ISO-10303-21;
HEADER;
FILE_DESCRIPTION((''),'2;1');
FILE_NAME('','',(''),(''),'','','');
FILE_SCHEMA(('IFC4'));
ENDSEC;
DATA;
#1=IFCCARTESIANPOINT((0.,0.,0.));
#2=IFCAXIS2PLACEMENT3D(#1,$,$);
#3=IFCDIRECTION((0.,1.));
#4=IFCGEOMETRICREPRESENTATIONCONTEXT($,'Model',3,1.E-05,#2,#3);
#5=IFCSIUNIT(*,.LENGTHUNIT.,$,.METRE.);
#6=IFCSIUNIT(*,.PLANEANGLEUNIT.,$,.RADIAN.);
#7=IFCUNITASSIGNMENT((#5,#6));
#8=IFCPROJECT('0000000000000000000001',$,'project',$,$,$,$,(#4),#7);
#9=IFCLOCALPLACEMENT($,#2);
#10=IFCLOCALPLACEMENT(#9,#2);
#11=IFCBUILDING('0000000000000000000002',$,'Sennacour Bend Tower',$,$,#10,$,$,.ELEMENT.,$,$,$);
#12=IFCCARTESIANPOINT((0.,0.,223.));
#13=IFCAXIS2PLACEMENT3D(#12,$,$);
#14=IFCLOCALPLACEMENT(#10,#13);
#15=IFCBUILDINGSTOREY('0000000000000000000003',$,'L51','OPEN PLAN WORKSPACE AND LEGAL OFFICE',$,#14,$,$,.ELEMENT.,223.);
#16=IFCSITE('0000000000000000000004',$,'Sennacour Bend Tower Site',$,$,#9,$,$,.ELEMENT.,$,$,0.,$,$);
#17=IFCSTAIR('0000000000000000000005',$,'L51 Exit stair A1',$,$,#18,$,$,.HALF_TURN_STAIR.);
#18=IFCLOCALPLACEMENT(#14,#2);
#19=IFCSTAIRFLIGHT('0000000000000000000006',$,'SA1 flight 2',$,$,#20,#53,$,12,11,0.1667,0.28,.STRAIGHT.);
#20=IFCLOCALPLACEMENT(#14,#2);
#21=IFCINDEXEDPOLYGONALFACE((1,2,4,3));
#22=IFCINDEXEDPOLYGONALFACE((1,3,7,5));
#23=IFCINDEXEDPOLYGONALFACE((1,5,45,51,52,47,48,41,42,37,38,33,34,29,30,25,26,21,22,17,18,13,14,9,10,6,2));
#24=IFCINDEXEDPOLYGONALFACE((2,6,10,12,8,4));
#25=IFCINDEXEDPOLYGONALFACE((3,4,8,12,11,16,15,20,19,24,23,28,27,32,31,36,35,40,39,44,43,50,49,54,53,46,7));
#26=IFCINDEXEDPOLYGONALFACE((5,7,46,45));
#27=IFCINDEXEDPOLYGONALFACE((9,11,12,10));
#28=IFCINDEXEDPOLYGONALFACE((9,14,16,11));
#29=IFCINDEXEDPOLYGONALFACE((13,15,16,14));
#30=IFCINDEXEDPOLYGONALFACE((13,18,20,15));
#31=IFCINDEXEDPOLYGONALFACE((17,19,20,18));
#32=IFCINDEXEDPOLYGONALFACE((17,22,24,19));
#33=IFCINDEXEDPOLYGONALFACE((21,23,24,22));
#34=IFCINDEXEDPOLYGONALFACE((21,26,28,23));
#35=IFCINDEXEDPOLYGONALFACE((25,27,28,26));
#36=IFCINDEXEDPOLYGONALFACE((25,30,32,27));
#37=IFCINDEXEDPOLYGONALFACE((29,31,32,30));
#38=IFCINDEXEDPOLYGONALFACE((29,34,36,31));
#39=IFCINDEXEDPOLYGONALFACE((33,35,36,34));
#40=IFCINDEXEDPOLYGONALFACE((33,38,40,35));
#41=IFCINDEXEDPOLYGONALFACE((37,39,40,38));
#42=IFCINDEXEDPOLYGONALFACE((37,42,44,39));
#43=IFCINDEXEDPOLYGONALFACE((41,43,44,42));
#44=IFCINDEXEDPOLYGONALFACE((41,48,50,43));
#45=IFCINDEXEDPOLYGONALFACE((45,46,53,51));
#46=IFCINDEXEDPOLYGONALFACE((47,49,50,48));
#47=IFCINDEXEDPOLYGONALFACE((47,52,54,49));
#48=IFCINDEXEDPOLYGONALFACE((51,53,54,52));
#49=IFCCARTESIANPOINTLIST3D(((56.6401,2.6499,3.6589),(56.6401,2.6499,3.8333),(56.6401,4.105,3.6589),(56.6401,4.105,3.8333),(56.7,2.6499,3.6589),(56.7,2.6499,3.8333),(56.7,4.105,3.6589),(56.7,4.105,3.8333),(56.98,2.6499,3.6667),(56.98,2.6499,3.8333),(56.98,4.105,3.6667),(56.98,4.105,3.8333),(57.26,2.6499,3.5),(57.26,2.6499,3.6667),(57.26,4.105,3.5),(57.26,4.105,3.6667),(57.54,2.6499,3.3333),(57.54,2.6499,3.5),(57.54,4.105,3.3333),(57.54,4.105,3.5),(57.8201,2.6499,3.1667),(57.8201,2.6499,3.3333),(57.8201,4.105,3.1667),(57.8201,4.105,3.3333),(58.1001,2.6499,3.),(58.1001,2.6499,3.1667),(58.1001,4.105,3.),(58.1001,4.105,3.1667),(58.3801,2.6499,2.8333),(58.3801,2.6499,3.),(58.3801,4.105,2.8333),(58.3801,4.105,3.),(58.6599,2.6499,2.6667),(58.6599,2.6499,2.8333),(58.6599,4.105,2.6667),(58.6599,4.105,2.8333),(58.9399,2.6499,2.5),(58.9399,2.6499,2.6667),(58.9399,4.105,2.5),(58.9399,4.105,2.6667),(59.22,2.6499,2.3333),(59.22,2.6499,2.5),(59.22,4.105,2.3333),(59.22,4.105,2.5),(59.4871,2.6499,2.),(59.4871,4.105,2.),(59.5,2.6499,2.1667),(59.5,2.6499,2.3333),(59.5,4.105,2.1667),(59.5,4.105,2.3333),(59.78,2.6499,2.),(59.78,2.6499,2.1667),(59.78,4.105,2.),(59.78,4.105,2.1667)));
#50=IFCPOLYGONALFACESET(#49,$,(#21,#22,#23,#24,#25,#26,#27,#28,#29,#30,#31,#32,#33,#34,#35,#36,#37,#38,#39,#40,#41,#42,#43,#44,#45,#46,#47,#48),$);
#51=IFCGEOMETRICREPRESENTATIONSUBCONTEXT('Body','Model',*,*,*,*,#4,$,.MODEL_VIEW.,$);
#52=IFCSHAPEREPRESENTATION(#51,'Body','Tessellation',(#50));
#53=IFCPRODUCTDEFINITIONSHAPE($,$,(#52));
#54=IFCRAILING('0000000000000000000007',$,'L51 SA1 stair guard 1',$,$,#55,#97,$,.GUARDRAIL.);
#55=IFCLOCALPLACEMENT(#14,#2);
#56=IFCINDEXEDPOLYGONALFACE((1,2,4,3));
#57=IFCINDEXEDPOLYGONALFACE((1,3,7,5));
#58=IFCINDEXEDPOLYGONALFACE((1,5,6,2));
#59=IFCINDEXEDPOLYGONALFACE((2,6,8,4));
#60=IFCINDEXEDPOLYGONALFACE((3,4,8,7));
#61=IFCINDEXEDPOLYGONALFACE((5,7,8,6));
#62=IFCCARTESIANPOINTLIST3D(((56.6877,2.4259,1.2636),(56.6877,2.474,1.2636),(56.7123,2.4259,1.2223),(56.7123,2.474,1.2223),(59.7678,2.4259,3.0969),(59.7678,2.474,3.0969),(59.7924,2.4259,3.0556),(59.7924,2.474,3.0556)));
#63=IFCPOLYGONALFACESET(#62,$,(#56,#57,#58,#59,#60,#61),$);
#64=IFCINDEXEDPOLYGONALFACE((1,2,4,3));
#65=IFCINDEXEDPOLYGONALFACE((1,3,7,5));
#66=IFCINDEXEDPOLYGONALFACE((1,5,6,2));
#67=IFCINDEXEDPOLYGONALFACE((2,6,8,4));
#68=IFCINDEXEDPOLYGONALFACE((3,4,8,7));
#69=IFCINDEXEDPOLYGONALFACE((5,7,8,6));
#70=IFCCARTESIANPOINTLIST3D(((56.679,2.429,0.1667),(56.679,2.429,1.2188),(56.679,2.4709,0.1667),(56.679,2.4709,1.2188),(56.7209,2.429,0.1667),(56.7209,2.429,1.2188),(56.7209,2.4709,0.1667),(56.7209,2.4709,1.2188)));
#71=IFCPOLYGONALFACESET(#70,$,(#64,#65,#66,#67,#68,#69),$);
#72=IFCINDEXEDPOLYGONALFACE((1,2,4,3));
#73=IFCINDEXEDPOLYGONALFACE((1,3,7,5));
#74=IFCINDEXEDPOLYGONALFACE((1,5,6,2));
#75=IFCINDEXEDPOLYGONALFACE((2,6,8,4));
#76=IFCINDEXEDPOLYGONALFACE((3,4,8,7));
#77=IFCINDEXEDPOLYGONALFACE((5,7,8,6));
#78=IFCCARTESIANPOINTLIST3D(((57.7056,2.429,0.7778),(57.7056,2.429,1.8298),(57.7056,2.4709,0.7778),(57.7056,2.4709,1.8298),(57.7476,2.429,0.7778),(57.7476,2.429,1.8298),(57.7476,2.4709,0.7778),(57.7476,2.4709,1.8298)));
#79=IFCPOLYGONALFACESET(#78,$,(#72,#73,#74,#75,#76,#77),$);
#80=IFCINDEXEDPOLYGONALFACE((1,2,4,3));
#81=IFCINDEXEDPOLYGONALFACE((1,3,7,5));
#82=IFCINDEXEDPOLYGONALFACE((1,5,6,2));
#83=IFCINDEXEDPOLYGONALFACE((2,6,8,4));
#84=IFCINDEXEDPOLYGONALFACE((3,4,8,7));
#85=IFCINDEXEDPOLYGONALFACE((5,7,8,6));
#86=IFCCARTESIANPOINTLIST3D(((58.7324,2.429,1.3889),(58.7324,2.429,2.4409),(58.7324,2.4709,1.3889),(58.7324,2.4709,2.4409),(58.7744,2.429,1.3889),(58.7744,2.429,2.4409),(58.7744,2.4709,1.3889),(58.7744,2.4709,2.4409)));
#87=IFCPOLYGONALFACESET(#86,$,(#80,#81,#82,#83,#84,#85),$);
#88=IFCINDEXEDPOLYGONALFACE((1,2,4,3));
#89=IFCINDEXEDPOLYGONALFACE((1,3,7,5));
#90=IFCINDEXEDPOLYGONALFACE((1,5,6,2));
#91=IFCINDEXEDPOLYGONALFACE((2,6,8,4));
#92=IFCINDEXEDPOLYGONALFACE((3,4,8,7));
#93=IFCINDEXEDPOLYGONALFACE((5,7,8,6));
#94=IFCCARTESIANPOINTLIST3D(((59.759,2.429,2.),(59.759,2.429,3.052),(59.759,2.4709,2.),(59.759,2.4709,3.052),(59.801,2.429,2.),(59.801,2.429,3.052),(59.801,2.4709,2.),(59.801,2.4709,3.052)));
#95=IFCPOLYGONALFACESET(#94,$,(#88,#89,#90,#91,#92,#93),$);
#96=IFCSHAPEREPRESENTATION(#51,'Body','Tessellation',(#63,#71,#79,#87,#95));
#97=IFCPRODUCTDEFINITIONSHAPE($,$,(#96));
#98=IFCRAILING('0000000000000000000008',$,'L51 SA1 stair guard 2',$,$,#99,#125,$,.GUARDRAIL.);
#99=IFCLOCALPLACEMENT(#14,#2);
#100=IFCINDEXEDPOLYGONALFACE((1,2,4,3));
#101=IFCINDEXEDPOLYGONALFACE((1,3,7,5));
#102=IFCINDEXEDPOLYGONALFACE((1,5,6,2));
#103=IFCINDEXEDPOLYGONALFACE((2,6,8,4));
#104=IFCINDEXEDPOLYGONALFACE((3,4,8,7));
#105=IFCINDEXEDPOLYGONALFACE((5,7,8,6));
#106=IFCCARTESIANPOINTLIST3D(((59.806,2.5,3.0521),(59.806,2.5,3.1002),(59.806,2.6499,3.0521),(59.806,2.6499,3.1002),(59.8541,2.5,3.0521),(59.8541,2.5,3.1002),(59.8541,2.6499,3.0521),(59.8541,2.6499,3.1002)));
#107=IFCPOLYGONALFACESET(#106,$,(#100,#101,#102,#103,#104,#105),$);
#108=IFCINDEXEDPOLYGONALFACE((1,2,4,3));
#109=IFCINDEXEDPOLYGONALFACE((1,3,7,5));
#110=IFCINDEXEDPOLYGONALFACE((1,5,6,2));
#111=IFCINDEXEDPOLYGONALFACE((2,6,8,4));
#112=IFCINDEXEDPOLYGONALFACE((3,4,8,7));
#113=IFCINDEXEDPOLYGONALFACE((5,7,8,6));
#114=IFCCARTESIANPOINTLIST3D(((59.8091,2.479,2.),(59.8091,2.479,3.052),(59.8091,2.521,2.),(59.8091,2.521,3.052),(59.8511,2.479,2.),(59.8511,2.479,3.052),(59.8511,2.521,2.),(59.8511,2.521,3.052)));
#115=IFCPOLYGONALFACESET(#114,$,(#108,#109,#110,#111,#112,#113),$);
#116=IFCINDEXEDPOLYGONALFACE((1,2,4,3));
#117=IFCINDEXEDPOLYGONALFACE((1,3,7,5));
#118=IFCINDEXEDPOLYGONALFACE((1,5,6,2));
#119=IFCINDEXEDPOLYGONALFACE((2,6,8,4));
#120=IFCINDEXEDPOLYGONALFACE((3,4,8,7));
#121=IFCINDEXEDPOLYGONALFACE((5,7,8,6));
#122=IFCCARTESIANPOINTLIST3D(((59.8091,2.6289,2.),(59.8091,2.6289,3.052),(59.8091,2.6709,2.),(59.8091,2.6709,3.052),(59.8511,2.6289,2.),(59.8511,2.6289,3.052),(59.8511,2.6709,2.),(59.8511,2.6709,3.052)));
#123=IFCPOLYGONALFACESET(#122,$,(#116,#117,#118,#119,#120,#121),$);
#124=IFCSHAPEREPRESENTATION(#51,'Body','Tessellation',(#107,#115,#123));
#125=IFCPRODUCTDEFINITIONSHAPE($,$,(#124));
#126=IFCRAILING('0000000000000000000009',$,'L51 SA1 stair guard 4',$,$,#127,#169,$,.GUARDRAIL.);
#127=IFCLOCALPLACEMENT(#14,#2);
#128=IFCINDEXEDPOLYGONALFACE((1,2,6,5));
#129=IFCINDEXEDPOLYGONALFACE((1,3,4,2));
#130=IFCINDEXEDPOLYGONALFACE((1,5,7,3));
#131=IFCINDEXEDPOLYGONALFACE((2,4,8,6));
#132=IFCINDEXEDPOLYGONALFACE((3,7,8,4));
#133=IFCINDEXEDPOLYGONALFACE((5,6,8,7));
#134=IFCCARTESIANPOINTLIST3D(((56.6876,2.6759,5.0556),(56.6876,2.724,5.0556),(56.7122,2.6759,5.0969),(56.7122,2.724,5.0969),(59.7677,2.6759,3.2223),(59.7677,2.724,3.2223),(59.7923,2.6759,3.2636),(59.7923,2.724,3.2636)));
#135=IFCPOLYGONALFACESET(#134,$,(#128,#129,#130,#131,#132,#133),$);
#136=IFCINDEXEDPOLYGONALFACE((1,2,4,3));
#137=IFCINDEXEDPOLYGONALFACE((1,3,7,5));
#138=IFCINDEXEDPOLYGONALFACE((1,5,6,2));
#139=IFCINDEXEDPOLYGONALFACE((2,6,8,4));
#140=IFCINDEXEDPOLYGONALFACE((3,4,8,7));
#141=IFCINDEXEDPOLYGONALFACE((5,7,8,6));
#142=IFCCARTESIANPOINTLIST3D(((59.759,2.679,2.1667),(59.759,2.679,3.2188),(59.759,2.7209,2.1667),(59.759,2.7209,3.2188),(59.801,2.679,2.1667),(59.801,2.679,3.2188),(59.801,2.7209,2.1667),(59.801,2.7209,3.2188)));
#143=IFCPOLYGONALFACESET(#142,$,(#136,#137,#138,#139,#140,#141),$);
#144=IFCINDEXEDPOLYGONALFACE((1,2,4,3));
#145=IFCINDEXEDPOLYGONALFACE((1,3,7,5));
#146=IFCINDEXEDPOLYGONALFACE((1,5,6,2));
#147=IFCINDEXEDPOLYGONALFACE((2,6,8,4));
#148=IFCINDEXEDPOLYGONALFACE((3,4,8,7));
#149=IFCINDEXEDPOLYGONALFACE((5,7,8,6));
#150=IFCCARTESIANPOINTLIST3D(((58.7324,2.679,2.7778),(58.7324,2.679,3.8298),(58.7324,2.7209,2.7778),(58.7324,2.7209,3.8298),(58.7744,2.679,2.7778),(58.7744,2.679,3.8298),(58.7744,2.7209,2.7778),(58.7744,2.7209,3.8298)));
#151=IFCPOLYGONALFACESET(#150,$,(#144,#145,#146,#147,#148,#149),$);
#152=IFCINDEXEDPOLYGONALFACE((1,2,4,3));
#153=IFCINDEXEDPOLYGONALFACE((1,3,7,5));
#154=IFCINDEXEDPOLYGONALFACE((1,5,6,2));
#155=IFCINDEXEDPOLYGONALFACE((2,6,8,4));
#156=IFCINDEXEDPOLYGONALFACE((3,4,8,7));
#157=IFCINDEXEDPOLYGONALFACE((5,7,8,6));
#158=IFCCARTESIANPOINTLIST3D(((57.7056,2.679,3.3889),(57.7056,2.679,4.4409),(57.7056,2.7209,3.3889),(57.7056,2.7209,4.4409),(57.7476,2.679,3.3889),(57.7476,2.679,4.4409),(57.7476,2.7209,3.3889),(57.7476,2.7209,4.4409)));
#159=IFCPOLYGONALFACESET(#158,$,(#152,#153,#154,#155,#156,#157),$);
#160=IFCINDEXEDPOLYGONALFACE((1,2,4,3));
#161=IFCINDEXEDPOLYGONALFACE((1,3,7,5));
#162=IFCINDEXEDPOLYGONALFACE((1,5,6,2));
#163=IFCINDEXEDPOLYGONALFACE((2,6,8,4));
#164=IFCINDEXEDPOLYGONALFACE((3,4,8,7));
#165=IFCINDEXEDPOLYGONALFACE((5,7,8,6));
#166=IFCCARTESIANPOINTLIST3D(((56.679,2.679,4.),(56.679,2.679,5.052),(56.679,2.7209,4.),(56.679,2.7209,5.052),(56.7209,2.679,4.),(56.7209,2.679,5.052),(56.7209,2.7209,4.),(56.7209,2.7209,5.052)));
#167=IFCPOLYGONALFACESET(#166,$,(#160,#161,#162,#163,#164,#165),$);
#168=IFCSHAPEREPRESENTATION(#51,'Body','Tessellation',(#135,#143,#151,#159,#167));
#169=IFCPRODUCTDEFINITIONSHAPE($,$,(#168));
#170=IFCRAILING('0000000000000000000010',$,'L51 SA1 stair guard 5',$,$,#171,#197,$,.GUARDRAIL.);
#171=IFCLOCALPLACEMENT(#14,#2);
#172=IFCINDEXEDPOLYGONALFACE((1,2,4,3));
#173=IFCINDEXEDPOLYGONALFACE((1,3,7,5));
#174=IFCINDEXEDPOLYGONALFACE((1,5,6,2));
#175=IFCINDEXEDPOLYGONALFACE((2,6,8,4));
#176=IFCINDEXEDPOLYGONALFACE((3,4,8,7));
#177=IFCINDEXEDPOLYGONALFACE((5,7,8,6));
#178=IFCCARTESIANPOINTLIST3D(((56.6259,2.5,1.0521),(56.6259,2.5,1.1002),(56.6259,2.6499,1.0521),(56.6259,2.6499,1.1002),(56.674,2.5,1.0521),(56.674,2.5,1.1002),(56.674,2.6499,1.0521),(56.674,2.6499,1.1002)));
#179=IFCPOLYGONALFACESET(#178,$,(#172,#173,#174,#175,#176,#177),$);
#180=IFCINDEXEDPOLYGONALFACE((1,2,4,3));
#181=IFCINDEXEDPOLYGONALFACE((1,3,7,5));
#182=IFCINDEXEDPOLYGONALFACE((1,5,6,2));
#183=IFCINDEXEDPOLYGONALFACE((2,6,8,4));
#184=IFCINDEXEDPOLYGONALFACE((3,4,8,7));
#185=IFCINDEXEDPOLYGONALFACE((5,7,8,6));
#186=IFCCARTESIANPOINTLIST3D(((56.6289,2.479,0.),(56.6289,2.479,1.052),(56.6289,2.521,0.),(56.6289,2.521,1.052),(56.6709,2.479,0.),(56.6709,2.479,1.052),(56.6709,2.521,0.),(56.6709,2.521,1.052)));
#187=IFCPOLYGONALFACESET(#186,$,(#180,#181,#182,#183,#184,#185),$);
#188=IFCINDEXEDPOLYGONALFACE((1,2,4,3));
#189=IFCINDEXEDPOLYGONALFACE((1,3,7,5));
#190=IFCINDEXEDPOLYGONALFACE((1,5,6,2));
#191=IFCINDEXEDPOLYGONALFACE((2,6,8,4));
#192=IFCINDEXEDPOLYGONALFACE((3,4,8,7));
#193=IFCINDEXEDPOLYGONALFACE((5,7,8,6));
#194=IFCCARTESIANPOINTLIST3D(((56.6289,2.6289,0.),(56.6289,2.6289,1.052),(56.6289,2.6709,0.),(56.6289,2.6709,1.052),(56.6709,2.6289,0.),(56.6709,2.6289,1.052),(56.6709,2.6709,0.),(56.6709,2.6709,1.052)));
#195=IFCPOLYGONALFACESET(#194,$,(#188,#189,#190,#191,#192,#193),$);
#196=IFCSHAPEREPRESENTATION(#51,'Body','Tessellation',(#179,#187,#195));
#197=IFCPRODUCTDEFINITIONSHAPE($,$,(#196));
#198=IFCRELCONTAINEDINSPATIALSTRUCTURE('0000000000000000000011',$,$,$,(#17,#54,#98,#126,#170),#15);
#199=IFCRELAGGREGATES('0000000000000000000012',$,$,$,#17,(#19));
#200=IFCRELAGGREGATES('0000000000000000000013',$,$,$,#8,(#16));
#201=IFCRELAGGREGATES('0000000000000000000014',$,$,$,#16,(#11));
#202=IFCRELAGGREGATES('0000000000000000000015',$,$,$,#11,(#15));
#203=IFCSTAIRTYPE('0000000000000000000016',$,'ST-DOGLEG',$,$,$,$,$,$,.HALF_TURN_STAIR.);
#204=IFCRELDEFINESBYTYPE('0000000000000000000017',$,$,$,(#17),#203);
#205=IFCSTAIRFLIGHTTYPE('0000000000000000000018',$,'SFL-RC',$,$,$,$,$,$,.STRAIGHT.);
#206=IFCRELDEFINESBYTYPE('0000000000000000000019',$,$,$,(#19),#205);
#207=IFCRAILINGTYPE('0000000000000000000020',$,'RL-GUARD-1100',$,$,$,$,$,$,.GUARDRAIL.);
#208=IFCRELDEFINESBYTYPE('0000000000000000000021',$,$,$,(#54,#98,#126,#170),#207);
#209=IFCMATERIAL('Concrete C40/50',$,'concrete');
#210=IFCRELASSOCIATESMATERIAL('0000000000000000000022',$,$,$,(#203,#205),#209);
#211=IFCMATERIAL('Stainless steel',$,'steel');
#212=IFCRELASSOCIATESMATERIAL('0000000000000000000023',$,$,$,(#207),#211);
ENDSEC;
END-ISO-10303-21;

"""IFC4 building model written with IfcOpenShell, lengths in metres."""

from ifc_helpers import new_model, si_unit, direction, frame, origin, origin_2d, place, context, subcontext, project, spatial, polyline, rectangle, outline, extrude, material, type_object, element, aggregate, save


model = new_model("IFC4")

# Units and contexts
model_context = context("Model", 3, precision=1e-05, world=origin(), true_north=direction((0.0, 1.0)))
body_context = subcontext(model_context, "Body", "Model", "MODEL_VIEW")
ifc_project = project(units=[si_unit("LENGTHUNIT", "METRE"), si_unit("PLANEANGLEUNIT", "RADIAN")], contexts=[model_context])

# Site, building, storey
site_placement = place(None, origin())
site = spatial("IfcSite", under=ifc_project, at=site_placement, Name="Sennacour Bend Tower Site", CompositionType="ELEMENT", RefElevation=0.0)
building_placement = place(site_placement, origin())
building = spatial("IfcBuilding", under=site, at=building_placement, Name="Sennacour Bend Tower", CompositionType="ELEMENT")
storey_placement = place(building_placement, frame((0.0, 0.0, 223.0)))
storey = spatial("IfcBuildingStorey", under=building, at=storey_placement, Name="L51", Description="OPEN PLAN WORKSPACE AND LEGAL OFFICE", CompositionType="ELEMENT", Elevation=223.0)

# Shared definitions
ifc_material_1 = material(Name="Stainless steel", Category="steel")

# Stair, stair flight
ifc_material_2 = material(Name="Concrete C40/50", Category="concrete")
stair_type = type_object("IfcStairType", Name="ST-DOGLEG", PredefinedType="HALF_TURN_STAIR", material=ifc_material_2)
stair_placement = place(storey_placement, origin())
stair = element("IfcStair", 1, at=stair_placement, inside=storey, type_object=stair_type, Name="L51 Exit stair A1", PredefinedType="HALF_TURN_STAIR")
stair_flight_type = type_object("IfcStairFlightType", Name="SFL-RC", PredefinedType="STRAIGHT", material=ifc_material_2)
stair_flight_1_placement = place(storey_placement, frame((59.78, 3.3774, 2.0), z_axis=(0.0, 0.0, 1.0), x_axis=(-1.0, 0.0, 0.0)))
stair_flight_1 = element("IfcStairFlight", 2, at=stair_flight_1_placement, type_object=stair_flight_type, Name="SA1 flight 2", NumberOfRisers=12, NumberOfTreads=11, PredefinedType="STRAIGHT", RiserHeight=0.1667, TreadLength=0.28, context=body_context, shape_type="SweptSolid", body=[
    extrude(outline(polyline([(0.0, 0.0), (0.0, 0.1667), (0.28, 0.1667), (0.28, 0.3333), (0.5601, 0.3333), (0.5601, 0.5), (0.8401, 0.5), (0.8401, 0.6667), (1.1201, 0.6667), (1.1201, 0.8333), (1.3999, 0.8333), (1.3999, 1.0), (1.6799, 1.0), (1.6799, 1.1667), (1.96, 1.1667), (1.96, 1.3333), (2.24, 1.3333), (2.24, 1.5), (2.52, 1.5), (2.52, 1.6667), (2.8, 1.6667), (2.8, 1.8333), (3.0801, 1.8333), (3.1399, 1.8333), (3.1399, 1.6589), (3.0801, 1.6589), (0.293, 0.0), (0.0, 0.0)])), frame((0.0, 0.7275, 0.0), z_axis=(0.0, -1.0, 0.0), x_axis=(1.0, 0.0, 0.0)), (0.0, 0.0, 1.0), 1.4551),
])
aggregate(stair, [stair_flight_1])

# Railings
railing_type_1 = type_object("IfcRailingType", Name="RL-GUARD-1100", PredefinedType="GUARDRAIL", material=ifc_material_1)
railing_1_placement = place(storey_placement, frame((56.7, 2.45, 0.1667)))
element("IfcRailing", 3, at=railing_1_placement, inside=storey, type_object=railing_type_1, Name="L51 SA1 stair guard 1", PredefinedType="GUARDRAIL", context=body_context, shape_type="SweptSolid", body=[
    extrude(rectangle(XDim=0.0481, YDim=0.0481, at=origin_2d()), frame((0.0, 0.0, 1.0762), z_axis=(0.859309, 0.0, 0.511458), x_axis=(0.0, 1.0, 0.0)), (0.0, 0.0, 1.0), 3.5845),
    extrude(rectangle(XDim=0.042, YDim=0.042, at=origin_2d()), origin(), (0.0, 0.0, 1.0), 1.052),
    extrude(rectangle(XDim=0.042, YDim=0.042, at=origin_2d()), frame((1.0266, 0.0, 0.6111)), (0.0, 0.0, 1.0), 1.052),
    extrude(rectangle(XDim=0.042, YDim=0.042, at=origin_2d()), frame((2.0535, 0.0, 1.2222)), (0.0, 0.0, 1.0), 1.052),
    extrude(rectangle(XDim=0.042, YDim=0.042, at=origin_2d()), frame((3.0801, 0.0, 1.8333)), (0.0, 0.0, 1.0), 1.052),
])
railing_2_placement = place(storey_placement, frame((59.8301, 2.5, 2.0)))
element("IfcRailing", 4, at=railing_2_placement, inside=storey, type_object=railing_type_1, Name="L51 SA1 stair guard 2", PredefinedType="GUARDRAIL", context=body_context, shape_type="SweptSolid", body=[
    extrude(rectangle(XDim=0.0481, YDim=0.0481, at=origin_2d()), frame((0.0, 0.0, 1.0762), z_axis=(0.0, 1.0, 0.0), x_axis=(-1.0, 0.0, 0.0)), (0.0, 0.0, 1.0), 0.1499),
    extrude(rectangle(XDim=0.042, YDim=0.042, at=origin_2d()), origin(), (0.0, 0.0, 1.0), 1.052),
    extrude(rectangle(XDim=0.042, YDim=0.042, at=origin_2d()), frame((0.0, 0.1499, 0.0)), (0.0, 0.0, 1.0), 1.052),
])
railing_3_placement = place(storey_placement, frame((59.78, 2.7, 2.1667)))
element("IfcRailing", 5, at=railing_3_placement, inside=storey, type_object=railing_type_1, Name="L51 SA1 stair guard 4", PredefinedType="GUARDRAIL", context=body_context, shape_type="SweptSolid", body=[
    extrude(rectangle(XDim=0.0481, YDim=0.0481, at=origin_2d()), frame((0.0, 0.0, 1.0762), z_axis=(-0.859309, 0.0, 0.511458), x_axis=(0.0, -1.0, 0.0)), (0.0, 0.0, 1.0), 3.5845),
    extrude(rectangle(XDim=0.042, YDim=0.042, at=origin_2d()), origin(), (0.0, 0.0, 1.0), 1.052),
    extrude(rectangle(XDim=0.042, YDim=0.042, at=origin_2d()), frame((-1.0266, 0.0, 0.6111)), (0.0, 0.0, 1.0), 1.052),
    extrude(rectangle(XDim=0.042, YDim=0.042, at=origin_2d()), frame((-2.0535, 0.0, 1.2222)), (0.0, 0.0, 1.0), 1.052),
    extrude(rectangle(XDim=0.042, YDim=0.042, at=origin_2d()), frame((-3.0801, 0.0, 1.8333)), (0.0, 0.0, 1.0), 1.052),
])
railing_4_placement = place(storey_placement, frame((56.6499, 2.5, 0.0)))
element("IfcRailing", 6, at=railing_4_placement, inside=storey, type_object=railing_type_1, Name="L51 SA1 stair guard 5", PredefinedType="GUARDRAIL", context=body_context, shape_type="SweptSolid", body=[
    extrude(rectangle(XDim=0.0481, YDim=0.0481, at=origin_2d()), frame((0.0, 0.0, 1.0762), z_axis=(0.0, 1.0, 0.0), x_axis=(-1.0, 0.0, 0.0)), (0.0, 0.0, 1.0), 0.1499),
    extrude(rectangle(XDim=0.042, YDim=0.042, at=origin_2d()), origin(), (0.0, 0.0, 1.0), 1.052),
    extrude(rectangle(XDim=0.042, YDim=0.042, at=origin_2d()), frame((0.0, 0.1499, 0.0)), (0.0, 0.0, 1.0), 1.052),
])

save(model, "model.ifc")
